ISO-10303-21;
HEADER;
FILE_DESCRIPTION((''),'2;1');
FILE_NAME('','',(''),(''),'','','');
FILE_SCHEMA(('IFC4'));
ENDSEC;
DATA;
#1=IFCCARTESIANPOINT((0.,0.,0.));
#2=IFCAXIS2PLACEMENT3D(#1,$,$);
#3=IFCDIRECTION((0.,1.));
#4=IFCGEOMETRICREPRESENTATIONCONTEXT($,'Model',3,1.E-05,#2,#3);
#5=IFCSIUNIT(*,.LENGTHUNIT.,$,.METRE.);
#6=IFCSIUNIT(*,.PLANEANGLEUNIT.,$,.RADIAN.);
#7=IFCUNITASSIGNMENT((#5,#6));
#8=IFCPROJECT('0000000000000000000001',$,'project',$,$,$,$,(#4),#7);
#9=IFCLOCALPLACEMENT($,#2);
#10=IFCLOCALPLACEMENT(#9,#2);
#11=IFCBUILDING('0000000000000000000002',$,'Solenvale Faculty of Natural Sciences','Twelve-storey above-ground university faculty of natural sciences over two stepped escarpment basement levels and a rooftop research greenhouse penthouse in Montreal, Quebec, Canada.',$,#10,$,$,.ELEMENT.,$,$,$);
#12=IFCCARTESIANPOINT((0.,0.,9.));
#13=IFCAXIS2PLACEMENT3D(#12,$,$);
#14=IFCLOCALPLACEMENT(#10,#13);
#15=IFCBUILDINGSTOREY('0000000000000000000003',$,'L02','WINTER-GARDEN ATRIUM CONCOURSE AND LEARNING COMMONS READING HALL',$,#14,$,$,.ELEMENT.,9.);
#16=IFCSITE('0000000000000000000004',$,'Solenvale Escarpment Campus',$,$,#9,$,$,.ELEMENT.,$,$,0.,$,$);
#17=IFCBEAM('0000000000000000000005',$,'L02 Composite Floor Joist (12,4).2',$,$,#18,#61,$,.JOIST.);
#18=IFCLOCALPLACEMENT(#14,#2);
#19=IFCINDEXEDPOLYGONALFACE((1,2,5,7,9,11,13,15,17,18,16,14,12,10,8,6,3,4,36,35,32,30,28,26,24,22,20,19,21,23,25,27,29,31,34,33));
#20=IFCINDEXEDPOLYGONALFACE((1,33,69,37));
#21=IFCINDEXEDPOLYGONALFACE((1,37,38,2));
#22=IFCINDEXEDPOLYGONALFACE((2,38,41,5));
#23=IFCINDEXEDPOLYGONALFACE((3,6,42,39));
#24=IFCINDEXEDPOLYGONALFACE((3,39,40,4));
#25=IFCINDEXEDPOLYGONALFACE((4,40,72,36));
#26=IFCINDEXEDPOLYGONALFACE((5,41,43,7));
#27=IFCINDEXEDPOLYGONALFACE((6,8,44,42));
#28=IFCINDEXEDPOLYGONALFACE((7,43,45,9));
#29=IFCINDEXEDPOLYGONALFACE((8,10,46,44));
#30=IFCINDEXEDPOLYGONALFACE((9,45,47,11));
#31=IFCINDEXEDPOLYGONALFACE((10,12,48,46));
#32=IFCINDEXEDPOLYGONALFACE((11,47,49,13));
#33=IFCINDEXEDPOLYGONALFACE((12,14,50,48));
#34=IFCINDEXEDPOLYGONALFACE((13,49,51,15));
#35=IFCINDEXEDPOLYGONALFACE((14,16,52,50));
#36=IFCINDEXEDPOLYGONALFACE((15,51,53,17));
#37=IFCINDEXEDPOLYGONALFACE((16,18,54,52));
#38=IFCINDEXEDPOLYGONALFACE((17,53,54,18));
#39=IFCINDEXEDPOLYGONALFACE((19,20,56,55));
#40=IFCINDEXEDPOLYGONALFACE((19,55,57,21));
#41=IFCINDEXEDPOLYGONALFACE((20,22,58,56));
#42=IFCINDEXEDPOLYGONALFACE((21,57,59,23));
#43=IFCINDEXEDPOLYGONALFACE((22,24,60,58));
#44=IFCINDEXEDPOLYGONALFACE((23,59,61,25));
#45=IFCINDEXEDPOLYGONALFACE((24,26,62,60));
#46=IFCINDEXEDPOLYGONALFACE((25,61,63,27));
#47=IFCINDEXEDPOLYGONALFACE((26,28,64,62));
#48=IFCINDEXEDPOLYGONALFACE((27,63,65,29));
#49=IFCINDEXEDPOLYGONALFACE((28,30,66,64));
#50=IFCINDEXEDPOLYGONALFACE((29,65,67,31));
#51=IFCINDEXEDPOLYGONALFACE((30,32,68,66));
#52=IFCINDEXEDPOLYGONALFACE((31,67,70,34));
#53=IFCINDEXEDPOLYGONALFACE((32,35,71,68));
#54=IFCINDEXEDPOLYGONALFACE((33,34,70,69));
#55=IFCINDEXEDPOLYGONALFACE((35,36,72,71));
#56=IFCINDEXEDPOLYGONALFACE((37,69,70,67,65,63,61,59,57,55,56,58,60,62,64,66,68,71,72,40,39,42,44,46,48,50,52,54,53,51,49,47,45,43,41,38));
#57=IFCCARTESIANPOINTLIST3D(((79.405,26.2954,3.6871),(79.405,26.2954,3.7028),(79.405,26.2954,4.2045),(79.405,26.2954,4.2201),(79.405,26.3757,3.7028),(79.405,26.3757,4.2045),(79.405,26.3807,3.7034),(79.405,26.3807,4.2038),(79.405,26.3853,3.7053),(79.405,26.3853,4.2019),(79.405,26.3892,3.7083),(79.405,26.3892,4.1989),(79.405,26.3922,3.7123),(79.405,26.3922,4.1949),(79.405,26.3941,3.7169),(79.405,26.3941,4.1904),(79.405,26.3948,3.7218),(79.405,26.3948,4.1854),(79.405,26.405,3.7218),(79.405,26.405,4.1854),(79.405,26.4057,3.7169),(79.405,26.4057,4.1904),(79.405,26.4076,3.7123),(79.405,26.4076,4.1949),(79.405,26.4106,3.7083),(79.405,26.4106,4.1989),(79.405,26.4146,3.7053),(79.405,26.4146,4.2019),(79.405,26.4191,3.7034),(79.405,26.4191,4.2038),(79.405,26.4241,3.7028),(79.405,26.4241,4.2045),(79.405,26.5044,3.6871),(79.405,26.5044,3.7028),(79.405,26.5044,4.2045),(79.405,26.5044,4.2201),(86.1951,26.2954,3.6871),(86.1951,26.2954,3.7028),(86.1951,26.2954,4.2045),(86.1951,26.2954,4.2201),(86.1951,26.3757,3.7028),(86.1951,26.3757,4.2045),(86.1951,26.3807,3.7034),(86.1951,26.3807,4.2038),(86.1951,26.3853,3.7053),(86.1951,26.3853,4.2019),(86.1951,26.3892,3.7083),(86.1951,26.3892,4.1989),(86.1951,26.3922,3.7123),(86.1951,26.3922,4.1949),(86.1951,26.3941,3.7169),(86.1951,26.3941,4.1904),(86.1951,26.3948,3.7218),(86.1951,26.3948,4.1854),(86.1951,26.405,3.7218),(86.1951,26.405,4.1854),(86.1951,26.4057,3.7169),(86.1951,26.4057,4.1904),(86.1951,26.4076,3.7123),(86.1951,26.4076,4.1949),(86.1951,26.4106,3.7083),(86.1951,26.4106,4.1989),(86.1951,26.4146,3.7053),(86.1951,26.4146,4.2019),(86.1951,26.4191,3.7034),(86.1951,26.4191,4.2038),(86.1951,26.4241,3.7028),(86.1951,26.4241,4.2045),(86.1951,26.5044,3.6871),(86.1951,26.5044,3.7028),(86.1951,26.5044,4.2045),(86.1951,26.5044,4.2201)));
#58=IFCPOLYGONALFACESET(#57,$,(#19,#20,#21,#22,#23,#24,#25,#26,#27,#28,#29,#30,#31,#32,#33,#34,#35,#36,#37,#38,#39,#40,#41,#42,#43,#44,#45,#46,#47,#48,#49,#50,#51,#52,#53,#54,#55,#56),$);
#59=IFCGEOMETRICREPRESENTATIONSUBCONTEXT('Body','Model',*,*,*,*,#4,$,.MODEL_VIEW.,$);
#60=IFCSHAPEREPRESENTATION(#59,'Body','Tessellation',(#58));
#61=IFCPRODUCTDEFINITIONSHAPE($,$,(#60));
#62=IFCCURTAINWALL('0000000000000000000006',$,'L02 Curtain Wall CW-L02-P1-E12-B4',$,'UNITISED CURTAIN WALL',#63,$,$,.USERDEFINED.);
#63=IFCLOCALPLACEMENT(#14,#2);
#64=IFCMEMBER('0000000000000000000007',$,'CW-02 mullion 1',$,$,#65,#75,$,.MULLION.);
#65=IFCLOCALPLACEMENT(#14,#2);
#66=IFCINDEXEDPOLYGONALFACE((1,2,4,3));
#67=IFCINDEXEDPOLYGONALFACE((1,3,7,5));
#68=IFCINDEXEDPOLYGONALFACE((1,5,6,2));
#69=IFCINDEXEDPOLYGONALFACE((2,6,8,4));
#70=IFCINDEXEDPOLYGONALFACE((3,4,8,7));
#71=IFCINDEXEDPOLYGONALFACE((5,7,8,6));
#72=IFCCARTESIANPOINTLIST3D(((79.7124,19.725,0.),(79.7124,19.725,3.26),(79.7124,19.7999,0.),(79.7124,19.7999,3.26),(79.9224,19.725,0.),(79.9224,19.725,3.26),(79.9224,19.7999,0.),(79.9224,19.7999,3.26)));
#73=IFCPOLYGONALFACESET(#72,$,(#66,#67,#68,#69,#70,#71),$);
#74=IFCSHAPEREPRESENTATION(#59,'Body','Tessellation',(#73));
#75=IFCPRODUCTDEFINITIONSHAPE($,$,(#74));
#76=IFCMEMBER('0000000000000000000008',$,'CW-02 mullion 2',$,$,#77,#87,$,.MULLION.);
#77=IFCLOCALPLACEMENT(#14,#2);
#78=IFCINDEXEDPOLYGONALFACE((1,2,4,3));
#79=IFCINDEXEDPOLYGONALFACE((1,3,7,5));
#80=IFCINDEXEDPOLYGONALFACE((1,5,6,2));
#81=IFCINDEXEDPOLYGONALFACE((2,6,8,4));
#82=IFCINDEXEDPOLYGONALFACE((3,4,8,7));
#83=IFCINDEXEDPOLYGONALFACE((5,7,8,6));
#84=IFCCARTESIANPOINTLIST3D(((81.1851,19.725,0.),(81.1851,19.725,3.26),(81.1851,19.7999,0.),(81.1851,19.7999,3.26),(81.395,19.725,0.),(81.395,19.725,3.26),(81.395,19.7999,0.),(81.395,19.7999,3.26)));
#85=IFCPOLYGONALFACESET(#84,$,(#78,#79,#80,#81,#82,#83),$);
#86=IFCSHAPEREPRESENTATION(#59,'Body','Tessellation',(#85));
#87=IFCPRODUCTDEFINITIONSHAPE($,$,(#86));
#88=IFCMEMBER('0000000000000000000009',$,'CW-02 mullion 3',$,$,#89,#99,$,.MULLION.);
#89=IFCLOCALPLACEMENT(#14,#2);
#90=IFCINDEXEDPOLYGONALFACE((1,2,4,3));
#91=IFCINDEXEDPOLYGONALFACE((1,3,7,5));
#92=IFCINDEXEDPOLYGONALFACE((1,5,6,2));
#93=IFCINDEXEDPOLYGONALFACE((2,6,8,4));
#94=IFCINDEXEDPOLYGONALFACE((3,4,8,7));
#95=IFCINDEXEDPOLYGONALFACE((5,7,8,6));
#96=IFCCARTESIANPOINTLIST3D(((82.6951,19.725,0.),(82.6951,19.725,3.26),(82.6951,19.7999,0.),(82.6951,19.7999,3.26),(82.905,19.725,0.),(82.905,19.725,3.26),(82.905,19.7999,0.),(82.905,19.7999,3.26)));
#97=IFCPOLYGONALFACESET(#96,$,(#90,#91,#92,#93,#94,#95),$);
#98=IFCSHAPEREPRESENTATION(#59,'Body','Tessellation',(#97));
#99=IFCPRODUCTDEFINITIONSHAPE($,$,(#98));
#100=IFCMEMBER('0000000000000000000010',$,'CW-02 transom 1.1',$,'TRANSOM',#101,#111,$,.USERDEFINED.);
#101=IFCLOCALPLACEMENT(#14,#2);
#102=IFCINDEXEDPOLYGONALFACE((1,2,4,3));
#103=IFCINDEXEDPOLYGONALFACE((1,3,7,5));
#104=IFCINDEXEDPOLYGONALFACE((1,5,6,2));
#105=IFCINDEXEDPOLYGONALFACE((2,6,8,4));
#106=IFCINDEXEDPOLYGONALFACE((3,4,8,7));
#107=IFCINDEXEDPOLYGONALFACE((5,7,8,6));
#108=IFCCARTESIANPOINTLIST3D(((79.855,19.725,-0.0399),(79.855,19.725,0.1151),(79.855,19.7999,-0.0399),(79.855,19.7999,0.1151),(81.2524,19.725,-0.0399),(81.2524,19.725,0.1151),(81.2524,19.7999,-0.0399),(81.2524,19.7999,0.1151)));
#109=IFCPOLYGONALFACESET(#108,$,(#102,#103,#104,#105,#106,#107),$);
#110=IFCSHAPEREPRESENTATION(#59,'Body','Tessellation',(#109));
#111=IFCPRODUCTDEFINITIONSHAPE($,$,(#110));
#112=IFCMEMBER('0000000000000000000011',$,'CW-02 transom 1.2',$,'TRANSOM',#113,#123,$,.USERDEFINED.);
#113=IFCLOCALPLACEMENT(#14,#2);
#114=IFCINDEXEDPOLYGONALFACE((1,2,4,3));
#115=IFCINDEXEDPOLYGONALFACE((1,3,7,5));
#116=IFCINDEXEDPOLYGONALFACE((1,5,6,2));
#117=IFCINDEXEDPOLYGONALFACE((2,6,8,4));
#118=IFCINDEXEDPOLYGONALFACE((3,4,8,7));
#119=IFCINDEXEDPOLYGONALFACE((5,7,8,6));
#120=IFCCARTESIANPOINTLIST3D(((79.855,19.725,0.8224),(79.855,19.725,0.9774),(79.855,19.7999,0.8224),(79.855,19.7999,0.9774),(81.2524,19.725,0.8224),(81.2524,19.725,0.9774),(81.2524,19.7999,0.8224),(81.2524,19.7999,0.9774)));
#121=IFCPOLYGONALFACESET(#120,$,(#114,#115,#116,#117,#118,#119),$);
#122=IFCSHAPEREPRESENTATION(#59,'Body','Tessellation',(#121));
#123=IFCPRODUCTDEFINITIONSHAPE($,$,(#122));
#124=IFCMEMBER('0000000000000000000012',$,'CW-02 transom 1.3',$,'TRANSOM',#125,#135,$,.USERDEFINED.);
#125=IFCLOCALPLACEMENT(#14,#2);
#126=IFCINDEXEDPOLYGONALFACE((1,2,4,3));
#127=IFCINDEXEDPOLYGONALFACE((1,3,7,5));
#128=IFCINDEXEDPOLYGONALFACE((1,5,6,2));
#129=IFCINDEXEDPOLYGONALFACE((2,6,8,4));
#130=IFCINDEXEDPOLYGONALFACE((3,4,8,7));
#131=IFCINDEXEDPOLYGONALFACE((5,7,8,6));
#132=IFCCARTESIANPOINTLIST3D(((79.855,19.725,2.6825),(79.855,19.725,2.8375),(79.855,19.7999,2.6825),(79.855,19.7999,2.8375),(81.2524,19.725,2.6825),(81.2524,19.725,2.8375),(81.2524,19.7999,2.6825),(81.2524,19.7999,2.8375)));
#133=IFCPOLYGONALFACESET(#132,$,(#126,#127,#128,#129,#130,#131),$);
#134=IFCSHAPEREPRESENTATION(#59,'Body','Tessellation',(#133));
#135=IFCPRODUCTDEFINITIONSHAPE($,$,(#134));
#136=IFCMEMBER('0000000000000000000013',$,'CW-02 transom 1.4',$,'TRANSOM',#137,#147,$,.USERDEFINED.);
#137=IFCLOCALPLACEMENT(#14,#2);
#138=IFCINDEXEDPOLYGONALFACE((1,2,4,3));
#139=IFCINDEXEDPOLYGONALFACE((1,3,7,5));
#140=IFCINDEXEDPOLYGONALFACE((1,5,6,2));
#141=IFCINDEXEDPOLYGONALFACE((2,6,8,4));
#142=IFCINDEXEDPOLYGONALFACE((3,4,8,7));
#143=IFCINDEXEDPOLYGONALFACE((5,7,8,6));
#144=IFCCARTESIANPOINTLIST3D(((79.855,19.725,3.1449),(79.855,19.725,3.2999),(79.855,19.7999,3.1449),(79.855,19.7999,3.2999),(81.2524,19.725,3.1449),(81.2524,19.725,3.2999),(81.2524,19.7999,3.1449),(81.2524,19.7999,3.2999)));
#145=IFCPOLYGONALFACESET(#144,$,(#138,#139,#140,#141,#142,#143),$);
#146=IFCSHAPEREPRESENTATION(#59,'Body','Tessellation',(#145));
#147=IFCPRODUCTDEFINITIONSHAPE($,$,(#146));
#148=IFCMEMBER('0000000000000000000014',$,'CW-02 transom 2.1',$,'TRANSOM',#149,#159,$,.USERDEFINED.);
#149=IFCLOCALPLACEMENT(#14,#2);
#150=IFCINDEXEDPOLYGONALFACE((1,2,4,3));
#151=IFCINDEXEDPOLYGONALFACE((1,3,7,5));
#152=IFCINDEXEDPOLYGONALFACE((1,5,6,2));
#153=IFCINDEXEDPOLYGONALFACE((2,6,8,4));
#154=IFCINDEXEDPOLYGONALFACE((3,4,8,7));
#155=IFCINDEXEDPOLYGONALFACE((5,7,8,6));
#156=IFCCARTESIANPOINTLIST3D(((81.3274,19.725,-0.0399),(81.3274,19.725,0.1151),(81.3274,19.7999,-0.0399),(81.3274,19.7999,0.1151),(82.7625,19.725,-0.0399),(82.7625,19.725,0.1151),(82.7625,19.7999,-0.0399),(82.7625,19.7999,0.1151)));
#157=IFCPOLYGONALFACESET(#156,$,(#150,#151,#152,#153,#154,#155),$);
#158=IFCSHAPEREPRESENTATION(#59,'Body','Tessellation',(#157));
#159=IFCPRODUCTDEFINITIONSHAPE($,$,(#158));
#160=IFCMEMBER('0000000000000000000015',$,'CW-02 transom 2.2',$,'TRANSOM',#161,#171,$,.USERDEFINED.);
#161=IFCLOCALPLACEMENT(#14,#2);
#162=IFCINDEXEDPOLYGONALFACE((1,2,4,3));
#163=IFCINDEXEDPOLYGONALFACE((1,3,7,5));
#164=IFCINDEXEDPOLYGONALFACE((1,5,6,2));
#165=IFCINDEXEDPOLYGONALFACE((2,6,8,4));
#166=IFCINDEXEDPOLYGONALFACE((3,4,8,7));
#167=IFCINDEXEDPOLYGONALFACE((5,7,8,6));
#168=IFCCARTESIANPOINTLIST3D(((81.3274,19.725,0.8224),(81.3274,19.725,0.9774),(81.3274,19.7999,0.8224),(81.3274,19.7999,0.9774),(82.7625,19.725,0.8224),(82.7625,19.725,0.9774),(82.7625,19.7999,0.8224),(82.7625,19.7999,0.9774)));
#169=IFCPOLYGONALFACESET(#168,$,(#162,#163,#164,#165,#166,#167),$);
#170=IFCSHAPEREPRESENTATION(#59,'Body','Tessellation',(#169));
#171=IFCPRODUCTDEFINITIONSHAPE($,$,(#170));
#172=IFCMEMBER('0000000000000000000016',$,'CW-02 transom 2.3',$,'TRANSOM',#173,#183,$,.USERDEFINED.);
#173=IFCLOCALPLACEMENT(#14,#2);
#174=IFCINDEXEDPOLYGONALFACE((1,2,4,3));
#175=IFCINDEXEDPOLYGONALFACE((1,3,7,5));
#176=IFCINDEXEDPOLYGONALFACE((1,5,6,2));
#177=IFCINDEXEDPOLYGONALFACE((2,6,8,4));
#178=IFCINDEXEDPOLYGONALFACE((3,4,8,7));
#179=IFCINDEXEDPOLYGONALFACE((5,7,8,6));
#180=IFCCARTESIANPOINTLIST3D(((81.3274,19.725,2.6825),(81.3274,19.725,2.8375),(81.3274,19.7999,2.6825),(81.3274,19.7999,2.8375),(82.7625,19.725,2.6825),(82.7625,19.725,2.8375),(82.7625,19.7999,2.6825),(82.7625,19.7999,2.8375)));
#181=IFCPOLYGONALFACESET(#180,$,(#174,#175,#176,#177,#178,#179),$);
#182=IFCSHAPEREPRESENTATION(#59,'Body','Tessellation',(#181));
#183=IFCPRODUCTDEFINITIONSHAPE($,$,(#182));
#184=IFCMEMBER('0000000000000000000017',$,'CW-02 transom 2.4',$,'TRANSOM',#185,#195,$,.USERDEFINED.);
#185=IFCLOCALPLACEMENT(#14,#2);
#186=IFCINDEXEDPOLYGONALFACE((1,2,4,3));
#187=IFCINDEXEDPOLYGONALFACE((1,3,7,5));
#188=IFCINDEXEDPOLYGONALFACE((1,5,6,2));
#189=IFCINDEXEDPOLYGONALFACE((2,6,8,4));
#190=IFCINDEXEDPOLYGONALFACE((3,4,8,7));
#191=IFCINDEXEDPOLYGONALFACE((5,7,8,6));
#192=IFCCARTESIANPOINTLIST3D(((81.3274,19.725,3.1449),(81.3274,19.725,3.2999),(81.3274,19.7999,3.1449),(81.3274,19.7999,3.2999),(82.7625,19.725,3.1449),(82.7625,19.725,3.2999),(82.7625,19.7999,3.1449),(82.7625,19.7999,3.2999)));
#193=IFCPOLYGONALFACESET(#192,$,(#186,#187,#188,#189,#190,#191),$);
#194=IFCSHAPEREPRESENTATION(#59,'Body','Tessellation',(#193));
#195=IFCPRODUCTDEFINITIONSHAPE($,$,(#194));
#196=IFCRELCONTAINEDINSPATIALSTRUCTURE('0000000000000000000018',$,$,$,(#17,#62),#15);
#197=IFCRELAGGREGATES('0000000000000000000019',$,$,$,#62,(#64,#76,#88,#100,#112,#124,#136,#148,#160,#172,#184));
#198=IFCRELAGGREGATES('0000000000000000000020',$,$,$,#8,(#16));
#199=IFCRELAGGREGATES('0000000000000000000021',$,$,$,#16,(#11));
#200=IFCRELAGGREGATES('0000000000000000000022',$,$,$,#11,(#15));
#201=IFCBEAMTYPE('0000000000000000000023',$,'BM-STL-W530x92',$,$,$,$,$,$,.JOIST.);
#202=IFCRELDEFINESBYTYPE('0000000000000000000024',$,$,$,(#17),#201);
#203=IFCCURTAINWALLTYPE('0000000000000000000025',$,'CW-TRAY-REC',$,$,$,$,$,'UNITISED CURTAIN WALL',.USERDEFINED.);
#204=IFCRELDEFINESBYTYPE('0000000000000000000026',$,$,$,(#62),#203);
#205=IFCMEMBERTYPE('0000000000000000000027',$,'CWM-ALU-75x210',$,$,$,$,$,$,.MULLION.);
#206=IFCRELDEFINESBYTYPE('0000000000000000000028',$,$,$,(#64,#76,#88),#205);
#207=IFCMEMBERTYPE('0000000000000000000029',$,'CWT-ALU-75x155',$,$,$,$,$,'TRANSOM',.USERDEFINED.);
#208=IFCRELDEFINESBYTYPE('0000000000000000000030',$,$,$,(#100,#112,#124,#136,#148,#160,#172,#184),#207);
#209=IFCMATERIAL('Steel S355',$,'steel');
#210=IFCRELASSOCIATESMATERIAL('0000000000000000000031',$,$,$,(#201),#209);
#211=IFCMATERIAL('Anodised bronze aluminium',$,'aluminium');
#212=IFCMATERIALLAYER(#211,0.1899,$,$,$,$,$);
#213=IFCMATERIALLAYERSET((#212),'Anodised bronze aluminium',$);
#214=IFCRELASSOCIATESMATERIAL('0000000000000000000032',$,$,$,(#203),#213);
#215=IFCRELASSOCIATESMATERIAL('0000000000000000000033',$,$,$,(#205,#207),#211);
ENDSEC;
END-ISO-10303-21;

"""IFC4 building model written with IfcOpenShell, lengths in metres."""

from ifc_helpers import new_model, si_unit, direction, frame, origin, origin_2d, place, context, subcontext, project, spatial, rectangle, i_section, extrude, material, layer, layer_set, material_profile, profile_set, type_object, element, aggregate, save


model = new_model("IFC4")

# Units and contexts
model_context = context("Model", 3, precision=1e-05, world=origin(), true_north=direction((0.0, 1.0)))
body_context = subcontext(model_context, "Body", "Model", "MODEL_VIEW")
ifc_project = project(units=[si_unit("LENGTHUNIT", "METRE"), si_unit("PLANEANGLEUNIT", "RADIAN")], contexts=[model_context])

# Site, building, storey
site_placement = place(None, origin())
site = spatial("IfcSite", under=ifc_project, at=site_placement, Name="Solenvale Escarpment Campus", CompositionType="ELEMENT", RefElevation=0.0)
building_placement = place(site_placement, origin())
building = spatial("IfcBuilding", under=site, at=building_placement, Name="Solenvale Faculty of Natural Sciences", Description="Twelve-storey above-ground university faculty of natural sciences over two stepped escarpment basement levels and a rooftop research greenhouse penthouse in Montreal, Quebec, Canada.", CompositionType="ELEMENT")
storey_placement = place(building_placement, frame((0.0, 0.0, 9.0)))
storey = spatial("IfcBuildingStorey", under=building, at=storey_placement, Name="L02", Description="WINTER-GARDEN ATRIUM CONCOURSE AND LEARNING COMMONS READING HALL", CompositionType="ELEMENT", Elevation=9.0)

# Beam
ifc_material_1 = material(Name="Steel S355", Category="steel")
ifc_material_profile_1 = material_profile(ifc_material_1, i_section(OverallWidth=0.209, OverallDepth=0.533, WebThickness=0.0103, FlangeThickness=0.0156, FilletRadius=0.019, at=origin_2d()), Name="W530x92")
ifc_profile_set_1 = profile_set([ifc_material_profile_1], Name="Steel S355")
beam_type_1 = type_object("IfcBeamType", Name="BM-STL-W530x92", PredefinedType="JOIST", material=ifc_profile_set_1)
for number, where, z_axis, x_axis, name in (
    (1, (79.405, 26.3999, 3.9536), (1.0, 0.0, 0.0), (0.0, 1.0, 0.0), "L02 Composite Floor Joist (12,4).2"),
):
    element("IfcBeam", number, at=place(storey_placement, frame(where, z_axis=z_axis, x_axis=x_axis)), inside=storey, type_object=beam_type_1, Name=name, PredefinedType="JOIST", context=body_context, shape_type="SweptSolid", body=[
        extrude(i_section(OverallWidth=0.209, OverallDepth=0.533, WebThickness=0.0103, FlangeThickness=0.0156, FilletRadius=0.019, at=origin_2d()), origin(), (0.0, 0.0, 1.0), 6.79),
    ])

# Curtain wall, members
ifc_material_2 = material(Name="Anodised bronze aluminium", Category="aluminium")
ifc_layer_1 = layer(ifc_material_2, 0.1899)
ifc_layer_set_1 = layer_set([ifc_layer_1], Name="Anodised bronze aluminium")
curtain_wall_type = type_object("IfcCurtainWallType", Name="CW-TRAY-REC", ElementType="UNITISED CURTAIN WALL", PredefinedType="USERDEFINED", material=ifc_layer_set_1)
curtain_wall_placement = place(storey_placement, origin())
curtain_wall = element("IfcCurtainWall", 2, at=curtain_wall_placement, inside=storey, type_object=curtain_wall_type, Name="L02 Curtain Wall CW-L02-P1-E12-B4", ObjectType="UNITISED CURTAIN WALL", PredefinedType="USERDEFINED")
ifc_material_profile_2 = material_profile(ifc_material_2, rectangle(XDim=0.075, YDim=0.21, at=origin_2d()), Name="ALU-MUL-75x210")
ifc_profile_set_2 = profile_set([ifc_material_profile_2], Name="Anodised bronze aluminium")
member_type_1 = type_object("IfcMemberType", Name="CWM-ALU-75x210", PredefinedType="MULLION", material=ifc_profile_set_2)
member_1_placement = place(storey_placement, frame((79.8174, 19.7625, 0.0), z_axis=(0.0, 0.0, 1.0), x_axis=(0.0, 1.0, 0.0)))
member_1 = element("IfcMember", 3, at=member_1_placement, type_object=member_type_1, Name="CW-02 mullion 1", PredefinedType="MULLION", context=body_context, shape_type="SweptSolid", body=[
    extrude(rectangle(XDim=0.075, YDim=0.21, at=origin_2d()), origin(), (0.0, 0.0, 1.0), 3.26),
])
member_2_placement = place(storey_placement, frame((81.29, 19.7625, 0.0), z_axis=(0.0, 0.0, 1.0), x_axis=(0.0, 1.0, 0.0)))
member_2 = element("IfcMember", 4, at=member_2_placement, type_object=member_type_1, Name="CW-02 mullion 2", PredefinedType="MULLION", context=body_context, shape_type="SweptSolid", body=[
    extrude(rectangle(XDim=0.075, YDim=0.21, at=origin_2d()), origin(), (0.0, 0.0, 1.0), 3.26),
])
member_3_placement = place(storey_placement, frame((82.8, 19.7625, 0.0), z_axis=(0.0, 0.0, 1.0), x_axis=(0.0, 1.0, 0.0)))
member_3 = element("IfcMember", 5, at=member_3_placement, type_object=member_type_1, Name="CW-02 mullion 3", PredefinedType="MULLION", context=body_context, shape_type="SweptSolid", body=[
    extrude(rectangle(XDim=0.075, YDim=0.21, at=origin_2d()), origin(), (0.0, 0.0, 1.0), 3.26),
])
ifc_material_profile_3 = material_profile(ifc_material_2, rectangle(XDim=0.075, YDim=0.155, at=origin_2d()), Name="ALU-TRN-75x155")
ifc_profile_set_3 = profile_set([ifc_material_profile_3], Name="Anodised bronze aluminium")
member_type_2 = type_object("IfcMemberType", Name="CWT-ALU-75x155", ElementType="TRANSOM", PredefinedType="USERDEFINED", material=ifc_profile_set_3)
member_4_placement = place(storey_placement, frame((79.855, 19.7625, 0.0376), z_axis=(1.0, 0.0, 0.0), x_axis=(0.0, 1.0, 0.0)))
member_4 = element("IfcMember", 6, at=member_4_placement, type_object=member_type_2, Name="CW-02 transom 1.1", ObjectType="TRANSOM", PredefinedType="USERDEFINED", context=body_context, shape_type="SweptSolid", body=[
    extrude(rectangle(XDim=0.075, YDim=0.155, at=origin_2d()), origin(), (0.0, 0.0, 1.0), 1.3975),
])
member_5_placement = place(storey_placement, frame((79.855, 19.7625, 0.8999), z_axis=(1.0, 0.0, 0.0), x_axis=(0.0, 1.0, 0.0)))
member_5 = element("IfcMember", 7, at=member_5_placement, type_object=member_type_2, Name="CW-02 transom 1.2", ObjectType="TRANSOM", PredefinedType="USERDEFINED", context=body_context, shape_type="SweptSolid", body=[
    extrude(rectangle(XDim=0.075, YDim=0.155, at=origin_2d()), origin(), (0.0, 0.0, 1.0), 1.3975),
])
member_6_placement = place(storey_placement, frame((79.855, 19.7625, 2.76), z_axis=(1.0, 0.0, 0.0), x_axis=(0.0, 1.0, 0.0)))
member_6 = element("IfcMember", 8, at=member_6_placement, type_object=member_type_2, Name="CW-02 transom 1.3", ObjectType="TRANSOM", PredefinedType="USERDEFINED", context=body_context, shape_type="SweptSolid", body=[
    extrude(rectangle(XDim=0.075, YDim=0.155, at=origin_2d()), origin(), (0.0, 0.0, 1.0), 1.3975),
])
member_7_placement = place(storey_placement, frame((79.855, 19.7625, 3.2224), z_axis=(1.0, 0.0, 0.0), x_axis=(0.0, 1.0, 0.0)))
member_7 = element("IfcMember", 9, at=member_7_placement, type_object=member_type_2, Name="CW-02 transom 1.4", ObjectType="TRANSOM", PredefinedType="USERDEFINED", context=body_context, shape_type="SweptSolid", body=[
    extrude(rectangle(XDim=0.075, YDim=0.155, at=origin_2d()), origin(), (0.0, 0.0, 1.0), 1.3975),
])
member_8_placement = place(storey_placement, frame((81.3274, 19.7625, 0.0376), z_axis=(1.0, 0.0, 0.0), x_axis=(0.0, 1.0, 0.0)))
member_8 = element("IfcMember", 10, at=member_8_placement, type_object=member_type_2, Name="CW-02 transom 2.1", ObjectType="TRANSOM", PredefinedType="USERDEFINED", context=body_context, shape_type="SweptSolid", body=[
    extrude(rectangle(XDim=0.075, YDim=0.155, at=origin_2d()), origin(), (0.0, 0.0, 1.0), 1.4351),
])
member_9_placement = place(storey_placement, frame((81.3274, 19.7625, 0.8999), z_axis=(1.0, 0.0, 0.0), x_axis=(0.0, 1.0, 0.0)))
member_9 = element("IfcMember", 11, at=member_9_placement, type_object=member_type_2, Name="CW-02 transom 2.2", ObjectType="TRANSOM", PredefinedType="USERDEFINED", context=body_context, shape_type="SweptSolid", body=[
    extrude(rectangle(XDim=0.075, YDim=0.155, at=origin_2d()), origin(), (0.0, 0.0, 1.0), 1.4351),
])
member_10_placement = place(storey_placement, frame((81.3274, 19.7625, 2.76), z_axis=(1.0, 0.0, 0.0), x_axis=(0.0, 1.0, 0.0)))
member_10 = element("IfcMember", 12, at=member_10_placement, type_object=member_type_2, Name="CW-02 transom 2.3", ObjectType="TRANSOM", PredefinedType="USERDEFINED", context=body_context, shape_type="SweptSolid", body=[
    extrude(rectangle(XDim=0.075, YDim=0.155, at=origin_2d()), origin(), (0.0, 0.0, 1.0), 1.4351),
])
member_11_placement = place(storey_placement, frame((81.3274, 19.7625, 3.2224), z_axis=(1.0, 0.0, 0.0), x_axis=(0.0, 1.0, 0.0)))
member_11 = element("IfcMember", 13, at=member_11_placement, type_object=member_type_2, Name="CW-02 transom 2.4", ObjectType="TRANSOM", PredefinedType="USERDEFINED", context=body_context, shape_type="SweptSolid", body=[
    extrude(rectangle(XDim=0.075, YDim=0.155, at=origin_2d()), origin(), (0.0, 0.0, 1.0), 1.4351),
])
aggregate(curtain_wall, [member_1, member_2, member_3, member_4, member_5, member_6, member_7, member_8, member_9, member_10, member_11])

save(model, "model.ifc")
